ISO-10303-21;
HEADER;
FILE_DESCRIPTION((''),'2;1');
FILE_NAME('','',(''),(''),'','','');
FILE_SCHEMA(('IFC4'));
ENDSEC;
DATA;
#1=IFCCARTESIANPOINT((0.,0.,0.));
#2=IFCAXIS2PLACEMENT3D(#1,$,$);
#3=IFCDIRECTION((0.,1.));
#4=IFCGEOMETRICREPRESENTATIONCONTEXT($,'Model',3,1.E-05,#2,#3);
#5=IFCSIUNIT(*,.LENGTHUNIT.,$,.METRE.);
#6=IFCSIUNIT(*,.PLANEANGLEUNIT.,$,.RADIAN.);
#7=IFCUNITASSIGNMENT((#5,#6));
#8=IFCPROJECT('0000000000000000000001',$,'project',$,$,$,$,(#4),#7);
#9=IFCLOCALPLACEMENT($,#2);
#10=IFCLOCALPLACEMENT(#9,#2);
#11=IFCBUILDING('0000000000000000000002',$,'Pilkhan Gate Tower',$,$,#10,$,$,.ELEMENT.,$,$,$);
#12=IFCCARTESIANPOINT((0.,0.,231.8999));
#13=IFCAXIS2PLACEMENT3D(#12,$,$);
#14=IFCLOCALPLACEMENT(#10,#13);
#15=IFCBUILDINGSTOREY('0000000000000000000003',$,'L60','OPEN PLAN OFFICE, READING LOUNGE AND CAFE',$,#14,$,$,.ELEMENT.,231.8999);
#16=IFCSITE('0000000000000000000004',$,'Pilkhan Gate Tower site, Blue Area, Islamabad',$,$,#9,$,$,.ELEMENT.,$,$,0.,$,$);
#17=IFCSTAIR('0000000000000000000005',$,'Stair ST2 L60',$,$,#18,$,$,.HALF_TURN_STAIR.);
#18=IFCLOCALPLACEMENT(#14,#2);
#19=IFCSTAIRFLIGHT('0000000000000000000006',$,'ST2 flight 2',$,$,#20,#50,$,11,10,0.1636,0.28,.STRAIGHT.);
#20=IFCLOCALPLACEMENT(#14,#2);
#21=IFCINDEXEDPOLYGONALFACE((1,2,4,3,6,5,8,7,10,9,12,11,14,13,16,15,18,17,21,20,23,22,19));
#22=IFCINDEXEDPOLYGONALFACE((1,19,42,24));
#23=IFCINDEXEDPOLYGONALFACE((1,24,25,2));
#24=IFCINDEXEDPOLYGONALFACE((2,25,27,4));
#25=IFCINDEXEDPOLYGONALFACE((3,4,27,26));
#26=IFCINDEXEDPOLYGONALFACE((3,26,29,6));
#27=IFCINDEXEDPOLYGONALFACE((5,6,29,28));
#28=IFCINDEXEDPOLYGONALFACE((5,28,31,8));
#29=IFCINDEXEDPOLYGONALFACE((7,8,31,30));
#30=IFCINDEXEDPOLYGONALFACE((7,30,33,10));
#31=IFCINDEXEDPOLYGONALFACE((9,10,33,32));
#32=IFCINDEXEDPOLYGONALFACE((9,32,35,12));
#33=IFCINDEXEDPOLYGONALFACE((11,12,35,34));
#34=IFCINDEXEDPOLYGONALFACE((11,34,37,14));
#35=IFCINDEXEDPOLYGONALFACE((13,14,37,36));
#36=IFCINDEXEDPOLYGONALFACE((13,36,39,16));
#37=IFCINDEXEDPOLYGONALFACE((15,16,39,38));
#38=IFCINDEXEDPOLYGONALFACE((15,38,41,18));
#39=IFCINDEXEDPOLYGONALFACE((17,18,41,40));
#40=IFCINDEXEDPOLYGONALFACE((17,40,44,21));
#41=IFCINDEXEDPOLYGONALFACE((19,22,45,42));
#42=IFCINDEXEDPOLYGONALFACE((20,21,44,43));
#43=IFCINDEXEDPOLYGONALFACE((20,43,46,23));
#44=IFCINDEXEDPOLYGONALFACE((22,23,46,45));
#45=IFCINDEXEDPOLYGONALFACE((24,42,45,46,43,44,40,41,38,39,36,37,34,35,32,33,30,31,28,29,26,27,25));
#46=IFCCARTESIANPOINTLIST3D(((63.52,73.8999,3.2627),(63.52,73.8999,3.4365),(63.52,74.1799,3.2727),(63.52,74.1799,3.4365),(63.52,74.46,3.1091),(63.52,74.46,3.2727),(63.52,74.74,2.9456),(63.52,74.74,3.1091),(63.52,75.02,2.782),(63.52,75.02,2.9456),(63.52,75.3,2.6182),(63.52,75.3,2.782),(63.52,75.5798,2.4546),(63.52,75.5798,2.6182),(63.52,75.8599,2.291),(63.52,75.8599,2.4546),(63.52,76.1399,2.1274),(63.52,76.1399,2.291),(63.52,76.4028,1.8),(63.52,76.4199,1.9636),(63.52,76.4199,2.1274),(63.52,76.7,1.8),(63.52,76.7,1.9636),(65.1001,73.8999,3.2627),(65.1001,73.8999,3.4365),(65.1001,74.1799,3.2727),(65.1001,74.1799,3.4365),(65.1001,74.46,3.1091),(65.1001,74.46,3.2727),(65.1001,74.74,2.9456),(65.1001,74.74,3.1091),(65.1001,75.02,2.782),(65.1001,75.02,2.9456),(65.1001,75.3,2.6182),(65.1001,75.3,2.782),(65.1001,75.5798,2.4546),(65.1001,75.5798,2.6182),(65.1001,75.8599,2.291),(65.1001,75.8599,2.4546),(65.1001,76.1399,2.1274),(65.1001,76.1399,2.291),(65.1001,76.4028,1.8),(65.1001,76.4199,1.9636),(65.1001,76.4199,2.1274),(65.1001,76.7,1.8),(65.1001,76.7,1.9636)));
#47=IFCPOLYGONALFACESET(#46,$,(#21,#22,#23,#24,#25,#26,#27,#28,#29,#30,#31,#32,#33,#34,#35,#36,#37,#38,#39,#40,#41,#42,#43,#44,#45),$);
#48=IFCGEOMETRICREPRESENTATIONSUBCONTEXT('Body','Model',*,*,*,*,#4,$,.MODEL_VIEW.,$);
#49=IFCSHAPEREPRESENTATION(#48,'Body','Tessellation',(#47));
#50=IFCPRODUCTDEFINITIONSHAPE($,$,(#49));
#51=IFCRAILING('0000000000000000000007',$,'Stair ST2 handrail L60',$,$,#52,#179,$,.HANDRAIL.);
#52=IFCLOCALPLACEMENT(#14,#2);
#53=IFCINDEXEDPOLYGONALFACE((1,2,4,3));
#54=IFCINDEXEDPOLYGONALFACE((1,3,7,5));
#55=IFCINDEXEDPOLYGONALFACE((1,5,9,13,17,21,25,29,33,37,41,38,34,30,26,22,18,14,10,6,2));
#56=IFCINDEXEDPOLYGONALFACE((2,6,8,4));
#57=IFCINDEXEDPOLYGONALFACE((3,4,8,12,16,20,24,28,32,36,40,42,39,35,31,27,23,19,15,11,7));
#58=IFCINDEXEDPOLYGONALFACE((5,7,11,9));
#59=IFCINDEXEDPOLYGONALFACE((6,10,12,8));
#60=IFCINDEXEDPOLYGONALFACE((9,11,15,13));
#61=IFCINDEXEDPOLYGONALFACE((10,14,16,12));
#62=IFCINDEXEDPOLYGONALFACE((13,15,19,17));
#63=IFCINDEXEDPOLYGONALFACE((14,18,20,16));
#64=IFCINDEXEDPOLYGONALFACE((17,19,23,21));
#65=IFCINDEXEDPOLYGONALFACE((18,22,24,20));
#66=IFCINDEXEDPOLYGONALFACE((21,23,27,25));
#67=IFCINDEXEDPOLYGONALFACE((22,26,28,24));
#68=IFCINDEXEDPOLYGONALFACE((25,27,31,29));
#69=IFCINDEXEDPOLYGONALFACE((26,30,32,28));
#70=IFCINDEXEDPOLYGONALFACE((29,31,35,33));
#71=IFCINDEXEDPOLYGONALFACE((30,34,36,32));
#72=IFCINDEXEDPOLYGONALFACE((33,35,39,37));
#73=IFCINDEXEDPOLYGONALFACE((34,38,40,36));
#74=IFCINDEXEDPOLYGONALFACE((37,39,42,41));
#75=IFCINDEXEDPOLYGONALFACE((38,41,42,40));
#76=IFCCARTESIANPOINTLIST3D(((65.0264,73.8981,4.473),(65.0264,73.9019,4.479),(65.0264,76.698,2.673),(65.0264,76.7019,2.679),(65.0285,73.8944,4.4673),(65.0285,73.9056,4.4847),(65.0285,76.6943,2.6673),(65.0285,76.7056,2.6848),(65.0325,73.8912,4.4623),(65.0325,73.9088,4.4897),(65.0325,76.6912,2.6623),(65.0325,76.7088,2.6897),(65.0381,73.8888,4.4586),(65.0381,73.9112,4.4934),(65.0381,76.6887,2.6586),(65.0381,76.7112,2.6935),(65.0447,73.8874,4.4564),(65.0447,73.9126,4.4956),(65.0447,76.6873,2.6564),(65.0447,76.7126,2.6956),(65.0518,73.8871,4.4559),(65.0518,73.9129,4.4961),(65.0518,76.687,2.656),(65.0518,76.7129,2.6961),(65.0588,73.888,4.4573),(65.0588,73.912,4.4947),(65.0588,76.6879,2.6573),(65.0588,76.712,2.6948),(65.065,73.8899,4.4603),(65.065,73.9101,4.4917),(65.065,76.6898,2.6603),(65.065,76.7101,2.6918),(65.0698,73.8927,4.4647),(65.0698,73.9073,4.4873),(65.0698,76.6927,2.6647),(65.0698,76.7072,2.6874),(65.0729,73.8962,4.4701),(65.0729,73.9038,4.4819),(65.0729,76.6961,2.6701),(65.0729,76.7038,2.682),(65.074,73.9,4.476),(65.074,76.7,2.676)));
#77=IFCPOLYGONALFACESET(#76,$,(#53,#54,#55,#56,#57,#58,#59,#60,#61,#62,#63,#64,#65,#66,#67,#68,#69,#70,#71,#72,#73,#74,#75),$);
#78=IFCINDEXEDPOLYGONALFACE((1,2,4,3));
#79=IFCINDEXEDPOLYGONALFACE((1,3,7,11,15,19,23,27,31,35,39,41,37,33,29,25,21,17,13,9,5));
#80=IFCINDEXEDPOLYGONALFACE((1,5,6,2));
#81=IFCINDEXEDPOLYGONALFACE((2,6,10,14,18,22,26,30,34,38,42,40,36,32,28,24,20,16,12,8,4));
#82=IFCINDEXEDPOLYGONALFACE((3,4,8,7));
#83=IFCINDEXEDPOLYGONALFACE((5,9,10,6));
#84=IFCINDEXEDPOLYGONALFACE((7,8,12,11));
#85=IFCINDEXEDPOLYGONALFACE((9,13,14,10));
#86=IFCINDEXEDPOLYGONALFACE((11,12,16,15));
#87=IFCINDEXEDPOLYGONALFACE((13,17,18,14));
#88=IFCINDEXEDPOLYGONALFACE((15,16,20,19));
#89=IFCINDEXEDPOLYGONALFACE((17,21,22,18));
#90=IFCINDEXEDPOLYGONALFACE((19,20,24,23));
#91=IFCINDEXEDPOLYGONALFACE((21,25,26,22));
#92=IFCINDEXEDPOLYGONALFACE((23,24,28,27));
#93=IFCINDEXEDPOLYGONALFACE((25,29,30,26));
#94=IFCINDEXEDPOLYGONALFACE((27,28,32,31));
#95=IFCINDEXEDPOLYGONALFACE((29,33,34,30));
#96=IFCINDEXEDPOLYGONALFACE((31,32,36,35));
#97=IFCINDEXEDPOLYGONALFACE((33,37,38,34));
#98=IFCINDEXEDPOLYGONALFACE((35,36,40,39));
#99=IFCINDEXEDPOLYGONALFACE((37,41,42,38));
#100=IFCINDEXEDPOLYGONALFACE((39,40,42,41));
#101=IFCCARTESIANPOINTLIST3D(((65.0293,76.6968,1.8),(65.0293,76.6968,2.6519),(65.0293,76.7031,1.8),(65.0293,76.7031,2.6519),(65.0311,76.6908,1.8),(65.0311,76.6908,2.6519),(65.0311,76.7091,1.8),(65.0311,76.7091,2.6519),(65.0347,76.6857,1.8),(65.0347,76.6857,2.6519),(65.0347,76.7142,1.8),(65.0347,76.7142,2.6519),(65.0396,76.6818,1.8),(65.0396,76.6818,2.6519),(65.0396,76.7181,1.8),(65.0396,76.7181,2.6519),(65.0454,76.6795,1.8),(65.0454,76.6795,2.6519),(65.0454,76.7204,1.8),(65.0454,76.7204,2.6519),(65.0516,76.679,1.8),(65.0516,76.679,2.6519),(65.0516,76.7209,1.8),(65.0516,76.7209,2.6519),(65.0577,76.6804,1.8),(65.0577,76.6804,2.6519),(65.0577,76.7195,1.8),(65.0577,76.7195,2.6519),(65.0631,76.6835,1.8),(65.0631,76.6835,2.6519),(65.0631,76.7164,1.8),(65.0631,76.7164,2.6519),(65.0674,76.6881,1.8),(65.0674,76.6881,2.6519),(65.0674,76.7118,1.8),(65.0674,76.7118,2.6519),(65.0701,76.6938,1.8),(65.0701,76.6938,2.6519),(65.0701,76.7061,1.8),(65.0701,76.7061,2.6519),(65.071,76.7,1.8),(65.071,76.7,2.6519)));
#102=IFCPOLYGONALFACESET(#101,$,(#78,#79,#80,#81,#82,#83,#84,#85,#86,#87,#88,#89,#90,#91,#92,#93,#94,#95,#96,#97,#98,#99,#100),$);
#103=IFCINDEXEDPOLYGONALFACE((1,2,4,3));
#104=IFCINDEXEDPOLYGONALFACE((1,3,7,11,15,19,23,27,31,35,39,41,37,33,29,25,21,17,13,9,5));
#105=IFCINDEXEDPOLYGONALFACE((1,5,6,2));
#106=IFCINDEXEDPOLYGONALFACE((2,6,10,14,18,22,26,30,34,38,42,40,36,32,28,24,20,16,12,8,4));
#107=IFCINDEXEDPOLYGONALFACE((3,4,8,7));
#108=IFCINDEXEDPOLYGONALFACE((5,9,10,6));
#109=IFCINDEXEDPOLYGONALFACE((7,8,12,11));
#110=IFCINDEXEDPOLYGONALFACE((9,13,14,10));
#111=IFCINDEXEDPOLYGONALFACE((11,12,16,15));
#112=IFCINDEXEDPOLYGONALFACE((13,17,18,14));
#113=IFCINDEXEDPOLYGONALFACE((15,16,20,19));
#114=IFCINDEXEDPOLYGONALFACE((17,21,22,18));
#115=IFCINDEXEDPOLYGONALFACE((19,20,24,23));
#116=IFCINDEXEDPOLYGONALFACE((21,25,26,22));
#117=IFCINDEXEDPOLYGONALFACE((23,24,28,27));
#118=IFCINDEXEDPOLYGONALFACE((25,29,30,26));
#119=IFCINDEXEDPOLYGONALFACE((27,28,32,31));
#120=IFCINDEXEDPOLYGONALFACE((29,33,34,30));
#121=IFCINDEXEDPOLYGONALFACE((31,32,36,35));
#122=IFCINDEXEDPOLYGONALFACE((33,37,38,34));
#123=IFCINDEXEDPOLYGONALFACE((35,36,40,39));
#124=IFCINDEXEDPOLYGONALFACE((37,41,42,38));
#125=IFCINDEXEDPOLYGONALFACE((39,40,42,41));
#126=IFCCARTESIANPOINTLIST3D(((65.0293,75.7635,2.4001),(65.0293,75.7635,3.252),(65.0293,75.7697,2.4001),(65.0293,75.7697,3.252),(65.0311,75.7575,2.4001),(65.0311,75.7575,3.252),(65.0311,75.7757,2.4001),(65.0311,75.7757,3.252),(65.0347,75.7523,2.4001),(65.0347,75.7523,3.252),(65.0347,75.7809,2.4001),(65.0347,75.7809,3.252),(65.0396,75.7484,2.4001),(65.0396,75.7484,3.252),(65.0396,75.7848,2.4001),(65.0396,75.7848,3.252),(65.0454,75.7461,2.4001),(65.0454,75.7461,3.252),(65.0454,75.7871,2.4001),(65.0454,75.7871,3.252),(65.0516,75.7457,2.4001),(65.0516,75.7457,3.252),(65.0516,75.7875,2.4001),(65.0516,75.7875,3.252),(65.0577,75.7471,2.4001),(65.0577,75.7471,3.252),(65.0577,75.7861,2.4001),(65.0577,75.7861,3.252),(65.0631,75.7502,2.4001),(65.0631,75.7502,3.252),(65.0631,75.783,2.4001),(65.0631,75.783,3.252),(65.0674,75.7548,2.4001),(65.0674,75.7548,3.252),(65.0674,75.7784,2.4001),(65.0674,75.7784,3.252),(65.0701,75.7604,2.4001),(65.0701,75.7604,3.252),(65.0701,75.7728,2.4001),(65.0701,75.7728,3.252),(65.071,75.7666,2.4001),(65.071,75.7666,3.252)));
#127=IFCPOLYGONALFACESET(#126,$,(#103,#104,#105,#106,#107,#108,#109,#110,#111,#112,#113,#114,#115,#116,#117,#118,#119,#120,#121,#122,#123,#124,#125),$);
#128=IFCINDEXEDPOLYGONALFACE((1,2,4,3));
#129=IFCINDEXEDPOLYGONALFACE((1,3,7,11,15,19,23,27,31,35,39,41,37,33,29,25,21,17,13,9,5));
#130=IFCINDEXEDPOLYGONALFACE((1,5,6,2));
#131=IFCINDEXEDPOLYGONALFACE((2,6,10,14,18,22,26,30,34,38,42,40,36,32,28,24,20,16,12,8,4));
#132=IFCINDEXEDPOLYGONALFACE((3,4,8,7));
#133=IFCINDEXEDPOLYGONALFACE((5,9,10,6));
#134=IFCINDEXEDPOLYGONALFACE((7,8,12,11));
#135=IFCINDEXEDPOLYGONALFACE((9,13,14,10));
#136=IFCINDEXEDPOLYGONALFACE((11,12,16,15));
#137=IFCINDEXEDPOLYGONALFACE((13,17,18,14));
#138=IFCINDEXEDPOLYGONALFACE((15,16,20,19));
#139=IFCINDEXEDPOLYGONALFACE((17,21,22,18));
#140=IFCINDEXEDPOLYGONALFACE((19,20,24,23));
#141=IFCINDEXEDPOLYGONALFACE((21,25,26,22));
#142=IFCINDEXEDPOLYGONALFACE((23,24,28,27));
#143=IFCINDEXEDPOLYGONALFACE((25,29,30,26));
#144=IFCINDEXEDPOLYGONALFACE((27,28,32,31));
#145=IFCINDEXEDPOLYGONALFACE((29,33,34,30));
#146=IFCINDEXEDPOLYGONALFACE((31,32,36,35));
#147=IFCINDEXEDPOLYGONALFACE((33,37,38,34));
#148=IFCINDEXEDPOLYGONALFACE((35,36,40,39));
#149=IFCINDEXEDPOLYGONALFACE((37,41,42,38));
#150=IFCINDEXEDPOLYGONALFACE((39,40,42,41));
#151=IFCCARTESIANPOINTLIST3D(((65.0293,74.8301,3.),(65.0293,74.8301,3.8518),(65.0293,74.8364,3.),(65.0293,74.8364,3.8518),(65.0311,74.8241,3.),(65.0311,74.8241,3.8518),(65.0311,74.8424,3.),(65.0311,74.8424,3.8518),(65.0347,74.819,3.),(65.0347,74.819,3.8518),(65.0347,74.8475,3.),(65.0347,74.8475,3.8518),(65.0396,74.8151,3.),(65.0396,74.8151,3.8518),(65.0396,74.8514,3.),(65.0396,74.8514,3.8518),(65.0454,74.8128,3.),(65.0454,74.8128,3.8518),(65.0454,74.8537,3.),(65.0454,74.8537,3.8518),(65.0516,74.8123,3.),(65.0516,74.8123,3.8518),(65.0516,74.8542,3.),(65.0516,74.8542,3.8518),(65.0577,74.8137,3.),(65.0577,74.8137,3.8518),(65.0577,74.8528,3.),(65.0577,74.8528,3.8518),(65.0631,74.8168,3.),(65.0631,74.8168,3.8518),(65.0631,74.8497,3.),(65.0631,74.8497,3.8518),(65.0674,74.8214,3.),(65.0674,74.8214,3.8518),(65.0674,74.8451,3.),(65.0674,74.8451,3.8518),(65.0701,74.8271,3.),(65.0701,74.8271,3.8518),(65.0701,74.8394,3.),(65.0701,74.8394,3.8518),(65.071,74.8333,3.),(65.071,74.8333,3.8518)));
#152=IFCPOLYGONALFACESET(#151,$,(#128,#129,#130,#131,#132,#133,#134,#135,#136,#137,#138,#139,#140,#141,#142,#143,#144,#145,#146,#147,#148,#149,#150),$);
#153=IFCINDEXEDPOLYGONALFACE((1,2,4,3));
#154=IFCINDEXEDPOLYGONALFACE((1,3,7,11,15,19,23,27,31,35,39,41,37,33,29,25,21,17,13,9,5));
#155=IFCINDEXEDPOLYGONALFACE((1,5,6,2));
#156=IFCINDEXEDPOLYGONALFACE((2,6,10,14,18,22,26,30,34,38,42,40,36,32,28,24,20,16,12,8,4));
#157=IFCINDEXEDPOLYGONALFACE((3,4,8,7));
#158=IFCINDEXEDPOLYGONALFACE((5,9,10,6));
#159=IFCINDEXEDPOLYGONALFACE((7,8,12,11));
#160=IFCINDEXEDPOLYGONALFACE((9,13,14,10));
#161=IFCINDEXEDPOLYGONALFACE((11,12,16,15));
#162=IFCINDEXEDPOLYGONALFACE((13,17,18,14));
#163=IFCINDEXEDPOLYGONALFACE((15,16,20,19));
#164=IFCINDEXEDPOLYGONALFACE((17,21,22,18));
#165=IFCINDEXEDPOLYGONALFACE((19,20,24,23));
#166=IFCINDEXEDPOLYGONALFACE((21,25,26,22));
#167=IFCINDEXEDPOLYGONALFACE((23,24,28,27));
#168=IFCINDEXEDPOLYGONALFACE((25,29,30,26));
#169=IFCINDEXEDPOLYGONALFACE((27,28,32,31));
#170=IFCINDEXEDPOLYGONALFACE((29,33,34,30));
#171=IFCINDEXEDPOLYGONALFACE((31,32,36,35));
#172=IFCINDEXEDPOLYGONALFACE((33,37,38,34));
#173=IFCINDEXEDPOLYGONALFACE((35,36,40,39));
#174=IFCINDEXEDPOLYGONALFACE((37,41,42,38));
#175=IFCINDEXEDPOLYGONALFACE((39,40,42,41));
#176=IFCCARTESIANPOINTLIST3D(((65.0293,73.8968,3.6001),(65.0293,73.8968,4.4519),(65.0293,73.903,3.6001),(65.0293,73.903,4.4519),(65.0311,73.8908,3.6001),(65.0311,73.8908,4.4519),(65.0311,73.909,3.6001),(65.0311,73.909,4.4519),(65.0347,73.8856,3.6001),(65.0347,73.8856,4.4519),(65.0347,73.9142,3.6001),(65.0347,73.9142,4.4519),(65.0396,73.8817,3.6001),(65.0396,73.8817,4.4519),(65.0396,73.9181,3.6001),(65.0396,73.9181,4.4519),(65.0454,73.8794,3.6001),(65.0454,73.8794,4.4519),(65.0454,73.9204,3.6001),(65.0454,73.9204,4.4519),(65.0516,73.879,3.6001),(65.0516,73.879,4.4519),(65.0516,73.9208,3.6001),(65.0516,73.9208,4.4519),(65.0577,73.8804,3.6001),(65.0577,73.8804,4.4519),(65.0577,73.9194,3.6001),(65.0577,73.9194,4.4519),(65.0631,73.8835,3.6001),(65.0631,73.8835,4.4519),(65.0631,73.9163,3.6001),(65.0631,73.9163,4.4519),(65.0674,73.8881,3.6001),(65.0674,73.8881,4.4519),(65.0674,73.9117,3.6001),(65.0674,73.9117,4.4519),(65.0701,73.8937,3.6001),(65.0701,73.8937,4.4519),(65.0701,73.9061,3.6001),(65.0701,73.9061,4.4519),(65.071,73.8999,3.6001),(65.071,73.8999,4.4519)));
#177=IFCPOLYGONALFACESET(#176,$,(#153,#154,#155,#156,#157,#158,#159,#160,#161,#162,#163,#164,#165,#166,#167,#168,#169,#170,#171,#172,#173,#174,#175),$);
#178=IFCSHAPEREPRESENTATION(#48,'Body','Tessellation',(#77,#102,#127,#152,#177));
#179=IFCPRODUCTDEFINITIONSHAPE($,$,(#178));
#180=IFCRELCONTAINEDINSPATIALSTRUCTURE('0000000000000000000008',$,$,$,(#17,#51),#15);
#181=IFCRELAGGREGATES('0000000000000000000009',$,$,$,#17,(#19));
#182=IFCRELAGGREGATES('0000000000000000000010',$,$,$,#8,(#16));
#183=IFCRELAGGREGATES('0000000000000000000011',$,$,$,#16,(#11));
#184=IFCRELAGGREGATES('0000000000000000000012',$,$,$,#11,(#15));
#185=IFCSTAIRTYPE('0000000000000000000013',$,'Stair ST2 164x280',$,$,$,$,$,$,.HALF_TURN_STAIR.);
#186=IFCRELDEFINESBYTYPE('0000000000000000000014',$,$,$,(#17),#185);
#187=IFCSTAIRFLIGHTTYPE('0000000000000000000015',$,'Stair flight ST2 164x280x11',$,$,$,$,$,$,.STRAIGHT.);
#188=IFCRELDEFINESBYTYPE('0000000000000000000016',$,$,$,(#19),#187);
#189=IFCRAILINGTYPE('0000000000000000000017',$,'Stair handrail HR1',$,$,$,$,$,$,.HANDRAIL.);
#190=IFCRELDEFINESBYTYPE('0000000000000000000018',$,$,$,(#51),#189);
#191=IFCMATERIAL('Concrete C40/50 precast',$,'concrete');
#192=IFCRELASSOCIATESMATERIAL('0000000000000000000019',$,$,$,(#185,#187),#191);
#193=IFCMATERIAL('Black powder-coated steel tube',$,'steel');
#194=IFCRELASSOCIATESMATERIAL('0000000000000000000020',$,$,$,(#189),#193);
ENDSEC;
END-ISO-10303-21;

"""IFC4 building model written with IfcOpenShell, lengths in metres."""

from ifc_helpers import new_model, si_unit, direction, frame, origin, origin_2d, place, context, subcontext, project, spatial, polyline, circle, outline, extrude, material, type_object, element, aggregate, save


model = new_model("IFC4")

# Units and contexts
model_context = context("Model", 3, precision=1e-05, world=origin(), true_north=direction((0.0, 1.0)))
body_context = subcontext(model_context, "Body", "Model", "MODEL_VIEW")
ifc_project = project(units=[si_unit("LENGTHUNIT", "METRE"), si_unit("PLANEANGLEUNIT", "RADIAN")], contexts=[model_context])

# Site, building, storey
site_placement = place(None, origin())
site = spatial("IfcSite", under=ifc_project, at=site_placement, Name="Pilkhan Gate Tower site, Blue Area, Islamabad", CompositionType="ELEMENT", RefElevation=0.0)
building_placement = place(site_placement, origin())
building = spatial("IfcBuilding", under=site, at=building_placement, Name="Pilkhan Gate Tower", CompositionType="ELEMENT")
storey_placement = place(building_placement, frame((0.0, 0.0, 231.8999)))
storey = spatial("IfcBuildingStorey", under=building, at=storey_placement, Name="L60", Description="OPEN PLAN OFFICE, READING LOUNGE AND CAFE", CompositionType="ELEMENT", Elevation=231.8999)

# Stair, stair flight
ifc_material_1 = material(Name="Concrete C40/50 precast", Category="concrete")
stair_type = type_object("IfcStairType", Name="Stair ST2 164x280", PredefinedType="HALF_TURN_STAIR", material=ifc_material_1)
stair_placement = place(storey_placement, origin())
stair = element("IfcStair", 1, at=stair_placement, inside=storey, type_object=stair_type, Name="Stair ST2 L60", PredefinedType="HALF_TURN_STAIR")
stair_flight_type = type_object("IfcStairFlightType", Name="Stair flight ST2 164x280x11", PredefinedType="STRAIGHT", material=ifc_material_1)
stair_flight_placement = place(storey_placement, frame((64.3101, 76.7, 1.8), z_axis=(0.0, 0.0, 1.0), x_axis=(0.0, -1.0, 0.0)))
stair_flight = element("IfcStairFlight", 2, at=stair_flight_placement, type_object=stair_flight_type, Name="ST2 flight 2", NumberOfRisers=11, NumberOfTreads=10, PredefinedType="STRAIGHT", RiserHeight=0.1636, TreadLength=0.28, context=body_context, shape_type="SweptSolid", body=[
    extrude(outline(polyline([(0.0, 0.0), (0.0, 0.1636), (0.28, 0.1636), (0.28, 0.3274), (0.5601, 0.3274), (0.5601, 0.491), (0.8401, 0.491), (0.8401, 0.6545), (1.1201, 0.6545), (1.1201, 0.8181), (1.3999, 0.8181), (1.3999, 0.9819), (1.6799, 0.9819), (1.6799, 1.1455), (1.96, 1.1455), (1.96, 1.3091), (2.24, 1.3091), (2.24, 1.4727), (2.52, 1.4727), (2.52, 1.6365), (2.8, 1.6365), (2.8, 1.8), (2.8, 1.4626), (0.2971, 0.0), (0.0, 0.0)])), frame((0.0, 0.79, 0.0), z_axis=(0.0, -1.0, 0.0), x_axis=(1.0, 0.0, 0.0)), (0.0, 0.0, 1.0), 1.5801),
])
aggregate(stair, [stair_flight])

# Railing
ifc_material_2 = material(Name="Black powder-coated steel tube", Category="steel")
railing_type = type_object("IfcRailingType", Name="Stair handrail HR1", PredefinedType="HANDRAIL", material=ifc_material_2)
railing_placement = place(storey_placement, frame((65.05, 76.7, 1.8)))
element("IfcRailing", 3, at=railing_placement, inside=storey, type_object=railing_type, Name="Stair ST2 handrail L60", PredefinedType="HANDRAIL", context=body_context, shape_type="SweptSolid", body=[
    extrude(circle(Radius=0.0239, at=origin_2d()), frame((0.0, 0.0, 0.876), z_axis=(0.0, -0.841176, 0.540761), x_axis=(1.0, 0.0, 0.0)), (0.0, 0.0, 1.0), 3.3286),
    extrude(circle(Radius=0.021, at=origin_2d()), origin(), (0.0, 0.0, 1.0), 0.8518),
    extrude(circle(Radius=0.021, at=origin_2d()), frame((0.0, -0.9333, 0.6001)), (0.0, 0.0, 1.0), 0.8518),
    extrude(circle(Radius=0.021, at=origin_2d()), frame((0.0, -1.8667, 1.2)), (0.0, 0.0, 1.0), 0.8518),
    extrude(circle(Radius=0.021, at=origin_2d()), frame((0.0, -2.8, 1.8)), (0.0, 0.0, 1.0), 0.8518),
])

save(model, "model.ifc")
